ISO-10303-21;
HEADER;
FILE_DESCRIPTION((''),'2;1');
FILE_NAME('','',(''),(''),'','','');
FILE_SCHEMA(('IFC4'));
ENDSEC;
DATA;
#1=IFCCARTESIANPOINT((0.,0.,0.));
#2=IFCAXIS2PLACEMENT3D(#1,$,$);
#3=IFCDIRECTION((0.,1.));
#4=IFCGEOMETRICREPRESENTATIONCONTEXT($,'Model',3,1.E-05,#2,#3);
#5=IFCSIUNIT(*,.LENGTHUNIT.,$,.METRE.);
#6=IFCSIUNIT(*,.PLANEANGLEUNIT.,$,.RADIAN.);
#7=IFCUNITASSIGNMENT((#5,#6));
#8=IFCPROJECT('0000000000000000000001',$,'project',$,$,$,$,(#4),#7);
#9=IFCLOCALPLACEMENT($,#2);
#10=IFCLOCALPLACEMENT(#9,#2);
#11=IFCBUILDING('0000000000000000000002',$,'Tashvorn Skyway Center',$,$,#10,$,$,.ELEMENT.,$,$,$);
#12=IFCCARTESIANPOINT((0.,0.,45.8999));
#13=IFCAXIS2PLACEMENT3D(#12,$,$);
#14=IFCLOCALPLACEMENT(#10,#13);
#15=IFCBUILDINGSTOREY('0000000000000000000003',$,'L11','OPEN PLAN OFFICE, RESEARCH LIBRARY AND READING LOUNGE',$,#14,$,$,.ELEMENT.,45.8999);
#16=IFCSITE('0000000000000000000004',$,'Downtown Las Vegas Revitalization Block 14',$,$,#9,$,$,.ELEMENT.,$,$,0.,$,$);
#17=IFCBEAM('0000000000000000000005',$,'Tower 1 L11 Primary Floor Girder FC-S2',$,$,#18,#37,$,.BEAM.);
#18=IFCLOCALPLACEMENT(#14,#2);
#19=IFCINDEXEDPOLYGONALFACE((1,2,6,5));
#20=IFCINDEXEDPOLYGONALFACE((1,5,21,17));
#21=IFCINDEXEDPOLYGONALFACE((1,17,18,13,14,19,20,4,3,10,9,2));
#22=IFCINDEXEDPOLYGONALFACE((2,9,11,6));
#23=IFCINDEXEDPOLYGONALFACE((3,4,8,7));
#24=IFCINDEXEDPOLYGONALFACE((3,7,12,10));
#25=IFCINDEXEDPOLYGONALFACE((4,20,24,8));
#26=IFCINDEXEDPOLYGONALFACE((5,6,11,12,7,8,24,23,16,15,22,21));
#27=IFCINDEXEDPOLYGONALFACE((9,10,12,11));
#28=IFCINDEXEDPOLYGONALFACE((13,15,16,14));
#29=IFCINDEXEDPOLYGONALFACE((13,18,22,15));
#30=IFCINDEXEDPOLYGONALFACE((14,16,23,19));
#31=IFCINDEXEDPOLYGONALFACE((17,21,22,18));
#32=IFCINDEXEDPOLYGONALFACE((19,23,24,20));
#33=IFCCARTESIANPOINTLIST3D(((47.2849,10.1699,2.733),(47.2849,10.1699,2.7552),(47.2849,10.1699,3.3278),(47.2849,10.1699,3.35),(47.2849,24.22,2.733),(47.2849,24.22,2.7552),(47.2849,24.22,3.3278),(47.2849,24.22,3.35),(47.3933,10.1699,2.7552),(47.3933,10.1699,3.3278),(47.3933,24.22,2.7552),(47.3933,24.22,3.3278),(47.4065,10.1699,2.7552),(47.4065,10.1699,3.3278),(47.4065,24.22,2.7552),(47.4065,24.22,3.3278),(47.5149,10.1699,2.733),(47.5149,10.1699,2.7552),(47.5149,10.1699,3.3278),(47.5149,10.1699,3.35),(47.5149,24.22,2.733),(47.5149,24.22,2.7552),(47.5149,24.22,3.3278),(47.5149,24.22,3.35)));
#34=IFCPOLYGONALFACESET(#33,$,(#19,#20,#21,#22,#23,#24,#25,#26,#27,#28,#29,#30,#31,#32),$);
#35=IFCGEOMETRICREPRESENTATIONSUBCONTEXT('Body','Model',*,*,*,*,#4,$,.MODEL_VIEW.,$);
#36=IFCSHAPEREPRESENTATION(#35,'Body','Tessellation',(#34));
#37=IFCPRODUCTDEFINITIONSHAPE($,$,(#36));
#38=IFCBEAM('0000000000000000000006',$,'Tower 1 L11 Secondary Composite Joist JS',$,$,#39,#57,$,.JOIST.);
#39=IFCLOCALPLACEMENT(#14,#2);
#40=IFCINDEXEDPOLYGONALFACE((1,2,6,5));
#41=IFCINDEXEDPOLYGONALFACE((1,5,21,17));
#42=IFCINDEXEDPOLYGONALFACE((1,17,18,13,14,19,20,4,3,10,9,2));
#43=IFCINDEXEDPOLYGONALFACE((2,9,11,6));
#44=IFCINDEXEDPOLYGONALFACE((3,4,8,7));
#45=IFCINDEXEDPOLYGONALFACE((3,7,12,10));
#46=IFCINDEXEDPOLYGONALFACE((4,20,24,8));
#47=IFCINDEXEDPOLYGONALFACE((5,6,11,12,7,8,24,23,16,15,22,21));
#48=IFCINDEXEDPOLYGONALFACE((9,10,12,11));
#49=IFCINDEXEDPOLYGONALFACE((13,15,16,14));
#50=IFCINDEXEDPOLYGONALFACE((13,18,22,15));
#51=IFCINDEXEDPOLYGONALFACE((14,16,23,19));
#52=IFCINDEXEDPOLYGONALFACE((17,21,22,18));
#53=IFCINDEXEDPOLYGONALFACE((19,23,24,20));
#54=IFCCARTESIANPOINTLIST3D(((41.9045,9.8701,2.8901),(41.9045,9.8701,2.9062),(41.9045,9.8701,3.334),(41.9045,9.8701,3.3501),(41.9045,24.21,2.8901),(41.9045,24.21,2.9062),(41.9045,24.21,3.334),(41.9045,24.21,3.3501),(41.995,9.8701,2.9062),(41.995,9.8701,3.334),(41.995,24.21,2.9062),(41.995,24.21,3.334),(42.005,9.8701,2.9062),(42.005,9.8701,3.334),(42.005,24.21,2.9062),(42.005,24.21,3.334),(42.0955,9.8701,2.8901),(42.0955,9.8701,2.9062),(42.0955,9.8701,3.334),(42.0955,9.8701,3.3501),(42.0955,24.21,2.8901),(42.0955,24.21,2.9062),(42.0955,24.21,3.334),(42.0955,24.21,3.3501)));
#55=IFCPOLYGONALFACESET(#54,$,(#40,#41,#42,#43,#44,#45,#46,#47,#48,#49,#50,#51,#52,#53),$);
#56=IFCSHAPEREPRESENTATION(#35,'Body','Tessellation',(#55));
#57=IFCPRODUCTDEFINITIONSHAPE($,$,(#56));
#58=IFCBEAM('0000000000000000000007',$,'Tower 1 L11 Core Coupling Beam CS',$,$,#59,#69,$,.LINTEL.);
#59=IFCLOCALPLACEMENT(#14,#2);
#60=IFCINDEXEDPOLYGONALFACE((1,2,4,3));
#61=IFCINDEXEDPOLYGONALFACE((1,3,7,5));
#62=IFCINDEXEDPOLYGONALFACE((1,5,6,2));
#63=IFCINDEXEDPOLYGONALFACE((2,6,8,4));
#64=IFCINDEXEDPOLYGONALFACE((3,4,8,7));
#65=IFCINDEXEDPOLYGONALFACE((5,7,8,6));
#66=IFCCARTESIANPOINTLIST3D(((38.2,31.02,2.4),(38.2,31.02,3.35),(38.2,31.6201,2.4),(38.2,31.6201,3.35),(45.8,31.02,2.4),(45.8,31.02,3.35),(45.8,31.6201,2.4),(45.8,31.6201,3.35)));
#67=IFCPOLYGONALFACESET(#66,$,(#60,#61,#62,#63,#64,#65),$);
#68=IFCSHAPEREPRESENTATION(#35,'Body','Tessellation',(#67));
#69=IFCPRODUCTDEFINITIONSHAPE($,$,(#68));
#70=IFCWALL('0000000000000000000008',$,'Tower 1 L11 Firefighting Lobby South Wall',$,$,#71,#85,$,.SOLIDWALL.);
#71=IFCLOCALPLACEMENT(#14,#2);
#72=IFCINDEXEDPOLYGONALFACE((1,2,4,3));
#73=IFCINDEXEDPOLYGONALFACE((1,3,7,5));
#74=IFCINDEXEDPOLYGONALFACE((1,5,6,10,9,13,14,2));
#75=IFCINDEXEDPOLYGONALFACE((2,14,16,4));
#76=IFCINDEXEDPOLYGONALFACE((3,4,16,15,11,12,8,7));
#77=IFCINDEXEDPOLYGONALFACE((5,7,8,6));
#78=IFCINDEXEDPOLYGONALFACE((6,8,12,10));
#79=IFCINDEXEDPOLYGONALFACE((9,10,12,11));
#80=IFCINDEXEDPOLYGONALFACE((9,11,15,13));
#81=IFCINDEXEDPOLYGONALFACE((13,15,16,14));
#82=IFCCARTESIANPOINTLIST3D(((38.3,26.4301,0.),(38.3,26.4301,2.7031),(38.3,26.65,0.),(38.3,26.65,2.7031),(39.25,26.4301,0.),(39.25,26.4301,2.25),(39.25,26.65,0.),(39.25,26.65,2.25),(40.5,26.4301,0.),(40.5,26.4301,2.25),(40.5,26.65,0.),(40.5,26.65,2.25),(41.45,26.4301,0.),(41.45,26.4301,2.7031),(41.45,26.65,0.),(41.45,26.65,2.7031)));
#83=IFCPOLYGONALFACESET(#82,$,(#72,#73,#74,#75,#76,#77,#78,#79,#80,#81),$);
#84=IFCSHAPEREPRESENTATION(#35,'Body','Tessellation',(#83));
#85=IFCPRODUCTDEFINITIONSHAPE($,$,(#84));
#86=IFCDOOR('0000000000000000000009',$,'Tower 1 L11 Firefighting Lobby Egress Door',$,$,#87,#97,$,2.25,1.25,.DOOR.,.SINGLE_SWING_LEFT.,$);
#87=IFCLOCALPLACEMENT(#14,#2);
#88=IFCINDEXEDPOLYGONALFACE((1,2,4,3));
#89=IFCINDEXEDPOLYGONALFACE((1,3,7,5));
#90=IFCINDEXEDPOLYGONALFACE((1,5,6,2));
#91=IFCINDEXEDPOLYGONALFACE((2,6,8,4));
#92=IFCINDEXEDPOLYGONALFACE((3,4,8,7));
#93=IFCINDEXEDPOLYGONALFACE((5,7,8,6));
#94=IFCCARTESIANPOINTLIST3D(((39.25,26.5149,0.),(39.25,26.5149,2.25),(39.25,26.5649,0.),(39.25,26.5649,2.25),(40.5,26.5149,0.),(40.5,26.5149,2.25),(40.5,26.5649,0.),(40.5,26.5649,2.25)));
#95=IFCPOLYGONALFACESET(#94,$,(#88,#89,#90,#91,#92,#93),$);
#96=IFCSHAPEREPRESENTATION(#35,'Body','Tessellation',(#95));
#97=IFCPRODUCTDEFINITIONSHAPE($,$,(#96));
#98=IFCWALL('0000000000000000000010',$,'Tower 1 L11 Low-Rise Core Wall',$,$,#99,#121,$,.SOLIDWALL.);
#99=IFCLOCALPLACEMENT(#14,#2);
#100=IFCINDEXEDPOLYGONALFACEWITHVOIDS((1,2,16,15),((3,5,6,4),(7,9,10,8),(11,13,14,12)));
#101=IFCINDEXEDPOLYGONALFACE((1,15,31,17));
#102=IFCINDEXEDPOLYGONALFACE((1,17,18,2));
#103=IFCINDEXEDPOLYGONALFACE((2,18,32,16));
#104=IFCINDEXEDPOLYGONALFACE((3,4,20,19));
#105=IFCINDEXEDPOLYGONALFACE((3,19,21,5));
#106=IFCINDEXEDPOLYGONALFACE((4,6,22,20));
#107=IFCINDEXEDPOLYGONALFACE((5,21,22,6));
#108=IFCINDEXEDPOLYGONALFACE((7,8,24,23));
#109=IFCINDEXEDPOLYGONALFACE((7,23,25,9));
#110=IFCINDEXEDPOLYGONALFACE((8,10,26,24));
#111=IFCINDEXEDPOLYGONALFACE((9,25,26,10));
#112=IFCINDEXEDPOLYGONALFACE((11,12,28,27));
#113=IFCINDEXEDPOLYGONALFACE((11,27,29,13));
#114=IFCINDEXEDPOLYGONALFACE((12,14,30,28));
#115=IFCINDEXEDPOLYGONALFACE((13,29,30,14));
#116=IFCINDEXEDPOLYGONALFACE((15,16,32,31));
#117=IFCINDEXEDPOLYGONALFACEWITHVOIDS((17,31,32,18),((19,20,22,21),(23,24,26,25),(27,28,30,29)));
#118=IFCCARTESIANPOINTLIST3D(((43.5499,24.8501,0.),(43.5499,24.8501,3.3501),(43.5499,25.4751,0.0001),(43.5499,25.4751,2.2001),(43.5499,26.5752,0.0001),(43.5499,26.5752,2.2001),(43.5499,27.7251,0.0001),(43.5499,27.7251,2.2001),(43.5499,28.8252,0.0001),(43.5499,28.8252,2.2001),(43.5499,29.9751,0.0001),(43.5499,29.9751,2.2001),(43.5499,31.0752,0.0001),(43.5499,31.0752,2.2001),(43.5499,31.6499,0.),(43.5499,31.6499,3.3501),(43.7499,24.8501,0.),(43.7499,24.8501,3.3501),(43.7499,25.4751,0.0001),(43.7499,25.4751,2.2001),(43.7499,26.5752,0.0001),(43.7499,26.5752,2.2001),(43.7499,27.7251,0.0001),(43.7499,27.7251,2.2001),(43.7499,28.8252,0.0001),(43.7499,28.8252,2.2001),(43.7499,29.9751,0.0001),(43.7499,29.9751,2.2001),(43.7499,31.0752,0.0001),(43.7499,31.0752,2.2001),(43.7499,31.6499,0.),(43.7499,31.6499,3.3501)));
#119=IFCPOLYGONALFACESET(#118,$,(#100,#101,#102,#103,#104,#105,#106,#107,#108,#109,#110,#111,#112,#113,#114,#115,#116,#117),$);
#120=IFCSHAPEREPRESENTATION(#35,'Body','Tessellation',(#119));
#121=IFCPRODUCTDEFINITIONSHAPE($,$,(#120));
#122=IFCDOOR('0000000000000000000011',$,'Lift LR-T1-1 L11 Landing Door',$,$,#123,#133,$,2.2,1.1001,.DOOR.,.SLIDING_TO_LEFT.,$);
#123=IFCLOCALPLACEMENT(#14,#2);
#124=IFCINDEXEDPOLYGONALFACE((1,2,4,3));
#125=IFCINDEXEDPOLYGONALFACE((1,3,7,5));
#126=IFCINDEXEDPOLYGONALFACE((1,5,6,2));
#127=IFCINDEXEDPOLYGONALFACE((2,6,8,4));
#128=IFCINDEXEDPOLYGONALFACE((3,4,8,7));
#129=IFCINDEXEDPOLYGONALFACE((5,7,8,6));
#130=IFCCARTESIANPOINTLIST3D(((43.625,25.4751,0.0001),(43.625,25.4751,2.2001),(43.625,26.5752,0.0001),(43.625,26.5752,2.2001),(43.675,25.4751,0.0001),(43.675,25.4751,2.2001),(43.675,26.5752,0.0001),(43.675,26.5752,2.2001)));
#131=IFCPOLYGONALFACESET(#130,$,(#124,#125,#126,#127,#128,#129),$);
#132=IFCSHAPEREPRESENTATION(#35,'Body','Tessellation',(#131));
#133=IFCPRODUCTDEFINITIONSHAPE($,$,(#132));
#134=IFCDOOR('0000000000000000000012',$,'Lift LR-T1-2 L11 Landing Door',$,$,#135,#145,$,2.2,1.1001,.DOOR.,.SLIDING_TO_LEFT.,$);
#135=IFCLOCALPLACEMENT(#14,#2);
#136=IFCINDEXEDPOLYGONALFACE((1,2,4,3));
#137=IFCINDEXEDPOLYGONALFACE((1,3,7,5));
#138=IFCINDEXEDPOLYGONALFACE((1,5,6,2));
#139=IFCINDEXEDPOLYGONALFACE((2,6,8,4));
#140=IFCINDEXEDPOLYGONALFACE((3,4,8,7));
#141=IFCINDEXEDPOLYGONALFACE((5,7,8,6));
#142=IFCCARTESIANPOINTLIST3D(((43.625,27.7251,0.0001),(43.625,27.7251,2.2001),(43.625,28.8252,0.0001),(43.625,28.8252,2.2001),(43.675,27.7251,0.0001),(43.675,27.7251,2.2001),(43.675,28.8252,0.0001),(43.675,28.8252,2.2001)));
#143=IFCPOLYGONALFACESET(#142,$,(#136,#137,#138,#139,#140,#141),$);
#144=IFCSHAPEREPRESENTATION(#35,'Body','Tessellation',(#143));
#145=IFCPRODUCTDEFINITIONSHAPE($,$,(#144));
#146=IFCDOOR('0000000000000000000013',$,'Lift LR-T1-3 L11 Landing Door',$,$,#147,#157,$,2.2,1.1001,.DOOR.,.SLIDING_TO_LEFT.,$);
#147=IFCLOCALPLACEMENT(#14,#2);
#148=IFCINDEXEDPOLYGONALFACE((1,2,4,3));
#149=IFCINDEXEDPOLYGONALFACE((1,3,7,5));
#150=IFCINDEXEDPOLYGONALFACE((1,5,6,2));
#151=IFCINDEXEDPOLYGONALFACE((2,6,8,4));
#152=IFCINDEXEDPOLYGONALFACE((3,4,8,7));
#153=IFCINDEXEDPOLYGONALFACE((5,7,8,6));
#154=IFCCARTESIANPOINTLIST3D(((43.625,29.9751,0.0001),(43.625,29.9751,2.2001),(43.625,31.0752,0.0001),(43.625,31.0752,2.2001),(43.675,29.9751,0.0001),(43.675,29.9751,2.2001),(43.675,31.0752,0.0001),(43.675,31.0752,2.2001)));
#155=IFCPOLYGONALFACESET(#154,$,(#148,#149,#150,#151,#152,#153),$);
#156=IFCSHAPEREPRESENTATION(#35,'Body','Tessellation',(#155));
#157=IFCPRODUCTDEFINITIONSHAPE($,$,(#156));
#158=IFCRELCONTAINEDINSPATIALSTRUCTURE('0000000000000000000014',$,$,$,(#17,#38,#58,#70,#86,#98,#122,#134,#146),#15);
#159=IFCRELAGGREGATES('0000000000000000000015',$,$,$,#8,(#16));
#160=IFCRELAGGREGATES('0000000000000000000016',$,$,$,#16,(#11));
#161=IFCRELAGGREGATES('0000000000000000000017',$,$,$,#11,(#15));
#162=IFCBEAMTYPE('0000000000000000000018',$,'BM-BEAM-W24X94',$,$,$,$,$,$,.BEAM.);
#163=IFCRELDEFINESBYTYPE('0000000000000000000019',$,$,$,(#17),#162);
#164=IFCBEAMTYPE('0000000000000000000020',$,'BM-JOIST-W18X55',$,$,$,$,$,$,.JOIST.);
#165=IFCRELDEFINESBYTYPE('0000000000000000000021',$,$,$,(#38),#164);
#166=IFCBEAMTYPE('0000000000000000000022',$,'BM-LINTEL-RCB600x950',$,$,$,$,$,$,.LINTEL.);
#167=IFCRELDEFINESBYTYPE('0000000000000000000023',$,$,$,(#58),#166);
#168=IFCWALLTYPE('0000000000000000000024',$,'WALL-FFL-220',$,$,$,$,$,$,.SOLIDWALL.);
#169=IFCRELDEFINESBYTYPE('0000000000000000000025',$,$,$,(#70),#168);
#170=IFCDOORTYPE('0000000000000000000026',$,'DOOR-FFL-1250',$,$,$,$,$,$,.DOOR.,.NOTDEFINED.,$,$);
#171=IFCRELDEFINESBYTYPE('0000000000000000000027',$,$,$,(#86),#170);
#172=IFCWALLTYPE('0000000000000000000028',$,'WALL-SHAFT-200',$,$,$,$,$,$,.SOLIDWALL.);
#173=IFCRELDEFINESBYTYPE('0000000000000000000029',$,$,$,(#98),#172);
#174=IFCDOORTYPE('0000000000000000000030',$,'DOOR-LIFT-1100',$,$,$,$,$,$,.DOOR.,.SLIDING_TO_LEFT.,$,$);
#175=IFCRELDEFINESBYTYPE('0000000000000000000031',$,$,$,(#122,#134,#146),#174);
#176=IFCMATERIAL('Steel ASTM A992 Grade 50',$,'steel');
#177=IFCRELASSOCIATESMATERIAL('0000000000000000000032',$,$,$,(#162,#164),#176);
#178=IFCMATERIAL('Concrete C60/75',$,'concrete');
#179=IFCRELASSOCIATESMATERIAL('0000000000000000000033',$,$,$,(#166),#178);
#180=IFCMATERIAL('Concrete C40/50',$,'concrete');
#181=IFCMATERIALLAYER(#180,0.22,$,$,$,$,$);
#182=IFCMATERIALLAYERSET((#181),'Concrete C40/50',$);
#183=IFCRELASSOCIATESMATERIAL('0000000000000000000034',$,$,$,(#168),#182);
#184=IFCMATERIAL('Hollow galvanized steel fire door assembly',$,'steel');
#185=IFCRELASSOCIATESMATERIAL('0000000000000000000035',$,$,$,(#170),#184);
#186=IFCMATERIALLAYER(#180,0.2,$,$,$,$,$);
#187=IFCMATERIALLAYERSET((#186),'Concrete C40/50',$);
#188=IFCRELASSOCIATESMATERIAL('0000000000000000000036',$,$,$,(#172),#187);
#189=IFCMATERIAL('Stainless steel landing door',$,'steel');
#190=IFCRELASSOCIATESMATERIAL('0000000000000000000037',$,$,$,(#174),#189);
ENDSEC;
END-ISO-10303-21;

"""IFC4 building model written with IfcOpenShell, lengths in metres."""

from ifc_helpers import new_model, si_unit, direction, frame, frame_2d, origin, origin_2d, place, context, subcontext, project, spatial, rectangle, i_section, extrude, material, layer, layer_set, material_profile, profile_set, type_object, element, fill, save


model = new_model("IFC4")

# Units and contexts
model_context = context("Model", 3, precision=1e-05, world=origin(), true_north=direction((0.0, 1.0)))
body_context = subcontext(model_context, "Body", "Model", "MODEL_VIEW")
ifc_project = project(units=[si_unit("LENGTHUNIT", "METRE"), si_unit("PLANEANGLEUNIT", "RADIAN")], contexts=[model_context])

# Site, building, storey
site_placement = place(None, origin())
site = spatial("IfcSite", under=ifc_project, at=site_placement, Name="Downtown Las Vegas Revitalization Block 14", CompositionType="ELEMENT", RefElevation=0.0)
building_placement = place(site_placement, origin())
building = spatial("IfcBuilding", under=site, at=building_placement, Name="Tashvorn Skyway Center", CompositionType="ELEMENT")
storey_placement = place(building_placement, frame((0.0, 0.0, 45.8999)))
storey = spatial("IfcBuildingStorey", under=building, at=storey_placement, Name="L11", Description="OPEN PLAN OFFICE, RESEARCH LIBRARY AND READING LOUNGE", CompositionType="ELEMENT", Elevation=45.8999)

# Beams
ifc_material_1 = material(Name="Steel ASTM A992 Grade 50", Category="steel")
ifc_material_profile_1 = material_profile(ifc_material_1, i_section(OverallWidth=0.23, OverallDepth=0.6169, WebThickness=0.0132, FlangeThickness=0.0222, at=origin_2d()), Name="W24X94")
ifc_profile_set_1 = profile_set([ifc_material_profile_1], Name="Steel ASTM A992 Grade 50")
beam_type_1 = type_object("IfcBeamType", Name="BM-BEAM-W24X94", PredefinedType="BEAM", material=ifc_profile_set_1)
beam_1_placement = place(storey_placement, frame((47.3999, 10.1699, 3.0415), z_axis=(0.0, 1.0, 0.0), x_axis=(-1.0, 0.0, 0.0)))
element("IfcBeam", 1, at=beam_1_placement, inside=storey, type_object=beam_type_1, Name="Tower 1 L11 Primary Floor Girder FC-S2", PredefinedType="BEAM", context=body_context, shape_type="SweptSolid", body=[
    extrude(i_section(OverallWidth=0.23, OverallDepth=0.6169, WebThickness=0.0132, FlangeThickness=0.0222, at=origin_2d()), origin(), (0.0, 0.0, 1.0), 14.05),
])
ifc_material_profile_2 = material_profile(ifc_material_1, i_section(OverallWidth=0.1909, OverallDepth=0.46, WebThickness=0.01, FlangeThickness=0.0161, at=origin_2d()), Name="W18X55")
ifc_profile_set_2 = profile_set([ifc_material_profile_2], Name="Steel ASTM A992 Grade 50")
beam_type_2 = type_object("IfcBeamType", Name="BM-JOIST-W18X55", PredefinedType="JOIST", material=ifc_profile_set_2)
beam_2_placement = place(storey_placement, frame((42.0, 24.21, 3.1201), z_axis=(0.0, -1.0, 0.0), x_axis=(1.0, 0.0, 0.0)))
element("IfcBeam", 2, at=beam_2_placement, inside=storey, type_object=beam_type_2, Name="Tower 1 L11 Secondary Composite Joist JS", PredefinedType="JOIST", context=body_context, shape_type="SweptSolid", body=[
    extrude(i_section(OverallWidth=0.1909, OverallDepth=0.46, WebThickness=0.01, FlangeThickness=0.0161, at=origin_2d()), origin(), (0.0, 0.0, 1.0), 14.3398),
])
ifc_material_2 = material(Name="Concrete C60/75", Category="concrete")
ifc_material_profile_3 = material_profile(ifc_material_2, rectangle(XDim=0.6001, YDim=0.95, at=origin_2d()), Name="RCB600x950")
ifc_profile_set_3 = profile_set([ifc_material_profile_3], Name="Concrete C60/75")
beam_type_3 = type_object("IfcBeamType", Name="BM-LINTEL-RCB600x950", PredefinedType="LINTEL", material=ifc_profile_set_3)
beam_3_placement = place(storey_placement, frame((38.2, 31.3201, 2.875), z_axis=(1.0, 0.0, 0.0), x_axis=(0.0, 1.0, 0.0)))
element("IfcBeam", 3, at=beam_3_placement, inside=storey, type_object=beam_type_3, Name="Tower 1 L11 Core Coupling Beam CS", PredefinedType="LINTEL", context=body_context, shape_type="SweptSolid", body=[
    extrude(rectangle(XDim=0.6001, YDim=0.95, at=origin_2d()), origin(), (0.0, 0.0, 1.0), 7.6001),
])

# Wall, opening, door
ifc_material_3 = material(Name="Concrete C40/50", Category="concrete")
ifc_layer_1 = layer(ifc_material_3, 0.22)
ifc_layer_set_1 = layer_set([ifc_layer_1], Name="Concrete C40/50")
wall_type_1 = type_object("IfcWallType", Name="WALL-FFL-220", PredefinedType="SOLIDWALL", material=ifc_layer_set_1)
wall_1_placement = place(storey_placement, frame((38.3, 26.54, 0.0), z_axis=(0.0, 0.0, 1.0), x_axis=(1.0, 0.0, 0.0)))
wall_1 = element("IfcWall", 4, at=wall_1_placement, inside=storey, type_object=wall_type_1, Name="Tower 1 L11 Firefighting Lobby South Wall", PredefinedType="SOLIDWALL", context=body_context, shape_type="SweptSolid", body=[
    extrude(rectangle(XDim=3.1499, YDim=0.22, at=frame_2d((1.575, 0.0))), origin(), (0.0, 0.0, 1.0), 2.7031),
])
opening_1_placement = place(wall_1_placement, frame((0.95, 0.0, 0.0)))
opening_1 = element("IfcOpeningElement", 5, at=opening_1_placement, cuts=wall_1, PredefinedType="OPENING", context=body_context, shape_type="SweptSolid", body=[
    extrude(rectangle(XDim=1.25, YDim=2.25, at=frame_2d((0.625, 1.125))), frame((0.0, 0.1199, 0.0), z_axis=(0.0, -1.0, 0.0), x_axis=(1.0, 0.0, 0.0)), (0.0, 0.0, 1.0), 0.24),
])
ifc_material_4 = material(Name="Hollow galvanized steel fire door assembly", Category="steel")
door_type_1 = type_object("IfcDoorType", Name="DOOR-FFL-1250", OperationType="NOTDEFINED", PredefinedType="DOOR", material=ifc_material_4)
door_1_placement = place(opening_1_placement, origin())
door_1 = element("IfcDoor", 6, at=door_1_placement, inside=storey, type_object=door_type_1, Name="Tower 1 L11 Firefighting Lobby Egress Door", OperationType="SINGLE_SWING_LEFT", OverallHeight=2.25, OverallWidth=1.25, PredefinedType="DOOR", context=body_context, shape_type="SweptSolid", body=[
    extrude(rectangle(XDim=1.25, YDim=2.25, at=frame_2d((0.625, 1.125))), frame((0.0, 0.0249, 0.0), z_axis=(0.0, -1.0, 0.0), x_axis=(1.0, 0.0, 0.0)), (0.0, 0.0, 1.0), 0.05),
])
fill(opening_1, door_1)

# Wall, openings, doors
ifc_layer_2 = layer(ifc_material_3, 0.2)
ifc_layer_set_2 = layer_set([ifc_layer_2], Name="Concrete C40/50")
wall_type_2 = type_object("IfcWallType", Name="WALL-SHAFT-200", PredefinedType="SOLIDWALL", material=ifc_layer_set_2)
wall_2_placement = place(storey_placement, frame((43.6499, 24.8501, 0.0), z_axis=(0.0, 0.0, 1.0), x_axis=(0.0, 1.0, 0.0)))
wall_2 = element("IfcWall", 7, at=wall_2_placement, inside=storey, type_object=wall_type_2, Name="Tower 1 L11 Low-Rise Core Wall", PredefinedType="SOLIDWALL", context=body_context, shape_type="SweptSolid", body=[
    extrude(rectangle(XDim=6.7998, YDim=0.2, at=frame_2d((3.3999, 0.0))), origin(), (0.0, 0.0, 1.0), 3.3501),
])
opening_2_placement = place(wall_2_placement, frame((0.625, 0.0, 0.0)))
opening_2 = element("IfcOpeningElement", 8, at=opening_2_placement, cuts=wall_2, PredefinedType="OPENING", context=body_context, shape_type="SweptSolid", body=[
    extrude(rectangle(XDim=1.1001, YDim=2.2, at=frame_2d((0.55, 1.1001))), frame((0.0, 0.1099, 0.0), z_axis=(0.0, -1.0, 0.0), x_axis=(1.0, 0.0, 0.0)), (0.0, 0.0, 1.0), 0.22),
])
opening_3_placement = place(wall_2_placement, frame((2.875, 0.0, 0.0)))
opening_3 = element("IfcOpeningElement", 9, at=opening_3_placement, cuts=wall_2, PredefinedType="OPENING", context=body_context, shape_type="SweptSolid", body=[
    extrude(rectangle(XDim=1.1001, YDim=2.2, at=frame_2d((0.55, 1.1001))), frame((0.0, 0.1099, 0.0), z_axis=(0.0, -1.0, 0.0), x_axis=(1.0, 0.0, 0.0)), (0.0, 0.0, 1.0), 0.22),
])
opening_4_placement = place(wall_2_placement, frame((5.125, 0.0, 0.0)))
opening_4 = element("IfcOpeningElement", 10, at=opening_4_placement, cuts=wall_2, PredefinedType="OPENING", context=body_context, shape_type="SweptSolid", body=[
    extrude(rectangle(XDim=1.1001, YDim=2.2, at=frame_2d((0.55, 1.1001))), frame((0.0, 0.1099, 0.0), z_axis=(0.0, -1.0, 0.0), x_axis=(1.0, 0.0, 0.0)), (0.0, 0.0, 1.0), 0.22),
])
ifc_material_5 = material(Name="Stainless steel landing door", Category="steel")
door_type_2 = type_object("IfcDoorType", Name="DOOR-LIFT-1100", OperationType="SLIDING_TO_LEFT", PredefinedType="DOOR", material=ifc_material_5)
door_2_placement = place(opening_2_placement, origin())
door_2 = element("IfcDoor", 11, at=door_2_placement, inside=storey, type_object=door_type_2, Name="Lift LR-T1-1 L11 Landing Door", OperationType="SLIDING_TO_LEFT", OverallHeight=2.2, OverallWidth=1.1001, PredefinedType="DOOR", context=body_context, shape_type="SweptSolid", body=[
    extrude(rectangle(XDim=1.1001, YDim=2.2, at=frame_2d((0.55, 1.1001))), frame((0.0, 0.0249, 0.0), z_axis=(0.0, -1.0, 0.0), x_axis=(1.0, 0.0, 0.0)), (0.0, 0.0, 1.0), 0.05),
])
fill(opening_2, door_2)
door_3_placement = place(opening_3_placement, origin())
door_3 = element("IfcDoor", 12, at=door_3_placement, inside=storey, type_object=door_type_2, Name="Lift LR-T1-2 L11 Landing Door", OperationType="SLIDING_TO_LEFT", OverallHeight=2.2, OverallWidth=1.1001, PredefinedType="DOOR", context=body_context, shape_type="SweptSolid", body=[
    extrude(rectangle(XDim=1.1001, YDim=2.2, at=frame_2d((0.55, 1.1001))), frame((0.0, 0.0249, 0.0), z_axis=(0.0, -1.0, 0.0), x_axis=(1.0, 0.0, 0.0)), (0.0, 0.0, 1.0), 0.05),
])
fill(opening_3, door_3)
door_4_placement = place(opening_4_placement, origin())
door_4 = element("IfcDoor", 13, at=door_4_placement, inside=storey, type_object=door_type_2, Name="Lift LR-T1-3 L11 Landing Door", OperationType="SLIDING_TO_LEFT", OverallHeight=2.2, OverallWidth=1.1001, PredefinedType="DOOR", context=body_context, shape_type="SweptSolid", body=[
    extrude(rectangle(XDim=1.1001, YDim=2.2, at=frame_2d((0.55, 1.1001))), frame((0.0, 0.0249, 0.0), z_axis=(0.0, -1.0, 0.0), x_axis=(1.0, 0.0, 0.0)), (0.0, 0.0, 1.0), 0.05),
])
fill(opening_4, door_4)

save(model, "model.ifc")
